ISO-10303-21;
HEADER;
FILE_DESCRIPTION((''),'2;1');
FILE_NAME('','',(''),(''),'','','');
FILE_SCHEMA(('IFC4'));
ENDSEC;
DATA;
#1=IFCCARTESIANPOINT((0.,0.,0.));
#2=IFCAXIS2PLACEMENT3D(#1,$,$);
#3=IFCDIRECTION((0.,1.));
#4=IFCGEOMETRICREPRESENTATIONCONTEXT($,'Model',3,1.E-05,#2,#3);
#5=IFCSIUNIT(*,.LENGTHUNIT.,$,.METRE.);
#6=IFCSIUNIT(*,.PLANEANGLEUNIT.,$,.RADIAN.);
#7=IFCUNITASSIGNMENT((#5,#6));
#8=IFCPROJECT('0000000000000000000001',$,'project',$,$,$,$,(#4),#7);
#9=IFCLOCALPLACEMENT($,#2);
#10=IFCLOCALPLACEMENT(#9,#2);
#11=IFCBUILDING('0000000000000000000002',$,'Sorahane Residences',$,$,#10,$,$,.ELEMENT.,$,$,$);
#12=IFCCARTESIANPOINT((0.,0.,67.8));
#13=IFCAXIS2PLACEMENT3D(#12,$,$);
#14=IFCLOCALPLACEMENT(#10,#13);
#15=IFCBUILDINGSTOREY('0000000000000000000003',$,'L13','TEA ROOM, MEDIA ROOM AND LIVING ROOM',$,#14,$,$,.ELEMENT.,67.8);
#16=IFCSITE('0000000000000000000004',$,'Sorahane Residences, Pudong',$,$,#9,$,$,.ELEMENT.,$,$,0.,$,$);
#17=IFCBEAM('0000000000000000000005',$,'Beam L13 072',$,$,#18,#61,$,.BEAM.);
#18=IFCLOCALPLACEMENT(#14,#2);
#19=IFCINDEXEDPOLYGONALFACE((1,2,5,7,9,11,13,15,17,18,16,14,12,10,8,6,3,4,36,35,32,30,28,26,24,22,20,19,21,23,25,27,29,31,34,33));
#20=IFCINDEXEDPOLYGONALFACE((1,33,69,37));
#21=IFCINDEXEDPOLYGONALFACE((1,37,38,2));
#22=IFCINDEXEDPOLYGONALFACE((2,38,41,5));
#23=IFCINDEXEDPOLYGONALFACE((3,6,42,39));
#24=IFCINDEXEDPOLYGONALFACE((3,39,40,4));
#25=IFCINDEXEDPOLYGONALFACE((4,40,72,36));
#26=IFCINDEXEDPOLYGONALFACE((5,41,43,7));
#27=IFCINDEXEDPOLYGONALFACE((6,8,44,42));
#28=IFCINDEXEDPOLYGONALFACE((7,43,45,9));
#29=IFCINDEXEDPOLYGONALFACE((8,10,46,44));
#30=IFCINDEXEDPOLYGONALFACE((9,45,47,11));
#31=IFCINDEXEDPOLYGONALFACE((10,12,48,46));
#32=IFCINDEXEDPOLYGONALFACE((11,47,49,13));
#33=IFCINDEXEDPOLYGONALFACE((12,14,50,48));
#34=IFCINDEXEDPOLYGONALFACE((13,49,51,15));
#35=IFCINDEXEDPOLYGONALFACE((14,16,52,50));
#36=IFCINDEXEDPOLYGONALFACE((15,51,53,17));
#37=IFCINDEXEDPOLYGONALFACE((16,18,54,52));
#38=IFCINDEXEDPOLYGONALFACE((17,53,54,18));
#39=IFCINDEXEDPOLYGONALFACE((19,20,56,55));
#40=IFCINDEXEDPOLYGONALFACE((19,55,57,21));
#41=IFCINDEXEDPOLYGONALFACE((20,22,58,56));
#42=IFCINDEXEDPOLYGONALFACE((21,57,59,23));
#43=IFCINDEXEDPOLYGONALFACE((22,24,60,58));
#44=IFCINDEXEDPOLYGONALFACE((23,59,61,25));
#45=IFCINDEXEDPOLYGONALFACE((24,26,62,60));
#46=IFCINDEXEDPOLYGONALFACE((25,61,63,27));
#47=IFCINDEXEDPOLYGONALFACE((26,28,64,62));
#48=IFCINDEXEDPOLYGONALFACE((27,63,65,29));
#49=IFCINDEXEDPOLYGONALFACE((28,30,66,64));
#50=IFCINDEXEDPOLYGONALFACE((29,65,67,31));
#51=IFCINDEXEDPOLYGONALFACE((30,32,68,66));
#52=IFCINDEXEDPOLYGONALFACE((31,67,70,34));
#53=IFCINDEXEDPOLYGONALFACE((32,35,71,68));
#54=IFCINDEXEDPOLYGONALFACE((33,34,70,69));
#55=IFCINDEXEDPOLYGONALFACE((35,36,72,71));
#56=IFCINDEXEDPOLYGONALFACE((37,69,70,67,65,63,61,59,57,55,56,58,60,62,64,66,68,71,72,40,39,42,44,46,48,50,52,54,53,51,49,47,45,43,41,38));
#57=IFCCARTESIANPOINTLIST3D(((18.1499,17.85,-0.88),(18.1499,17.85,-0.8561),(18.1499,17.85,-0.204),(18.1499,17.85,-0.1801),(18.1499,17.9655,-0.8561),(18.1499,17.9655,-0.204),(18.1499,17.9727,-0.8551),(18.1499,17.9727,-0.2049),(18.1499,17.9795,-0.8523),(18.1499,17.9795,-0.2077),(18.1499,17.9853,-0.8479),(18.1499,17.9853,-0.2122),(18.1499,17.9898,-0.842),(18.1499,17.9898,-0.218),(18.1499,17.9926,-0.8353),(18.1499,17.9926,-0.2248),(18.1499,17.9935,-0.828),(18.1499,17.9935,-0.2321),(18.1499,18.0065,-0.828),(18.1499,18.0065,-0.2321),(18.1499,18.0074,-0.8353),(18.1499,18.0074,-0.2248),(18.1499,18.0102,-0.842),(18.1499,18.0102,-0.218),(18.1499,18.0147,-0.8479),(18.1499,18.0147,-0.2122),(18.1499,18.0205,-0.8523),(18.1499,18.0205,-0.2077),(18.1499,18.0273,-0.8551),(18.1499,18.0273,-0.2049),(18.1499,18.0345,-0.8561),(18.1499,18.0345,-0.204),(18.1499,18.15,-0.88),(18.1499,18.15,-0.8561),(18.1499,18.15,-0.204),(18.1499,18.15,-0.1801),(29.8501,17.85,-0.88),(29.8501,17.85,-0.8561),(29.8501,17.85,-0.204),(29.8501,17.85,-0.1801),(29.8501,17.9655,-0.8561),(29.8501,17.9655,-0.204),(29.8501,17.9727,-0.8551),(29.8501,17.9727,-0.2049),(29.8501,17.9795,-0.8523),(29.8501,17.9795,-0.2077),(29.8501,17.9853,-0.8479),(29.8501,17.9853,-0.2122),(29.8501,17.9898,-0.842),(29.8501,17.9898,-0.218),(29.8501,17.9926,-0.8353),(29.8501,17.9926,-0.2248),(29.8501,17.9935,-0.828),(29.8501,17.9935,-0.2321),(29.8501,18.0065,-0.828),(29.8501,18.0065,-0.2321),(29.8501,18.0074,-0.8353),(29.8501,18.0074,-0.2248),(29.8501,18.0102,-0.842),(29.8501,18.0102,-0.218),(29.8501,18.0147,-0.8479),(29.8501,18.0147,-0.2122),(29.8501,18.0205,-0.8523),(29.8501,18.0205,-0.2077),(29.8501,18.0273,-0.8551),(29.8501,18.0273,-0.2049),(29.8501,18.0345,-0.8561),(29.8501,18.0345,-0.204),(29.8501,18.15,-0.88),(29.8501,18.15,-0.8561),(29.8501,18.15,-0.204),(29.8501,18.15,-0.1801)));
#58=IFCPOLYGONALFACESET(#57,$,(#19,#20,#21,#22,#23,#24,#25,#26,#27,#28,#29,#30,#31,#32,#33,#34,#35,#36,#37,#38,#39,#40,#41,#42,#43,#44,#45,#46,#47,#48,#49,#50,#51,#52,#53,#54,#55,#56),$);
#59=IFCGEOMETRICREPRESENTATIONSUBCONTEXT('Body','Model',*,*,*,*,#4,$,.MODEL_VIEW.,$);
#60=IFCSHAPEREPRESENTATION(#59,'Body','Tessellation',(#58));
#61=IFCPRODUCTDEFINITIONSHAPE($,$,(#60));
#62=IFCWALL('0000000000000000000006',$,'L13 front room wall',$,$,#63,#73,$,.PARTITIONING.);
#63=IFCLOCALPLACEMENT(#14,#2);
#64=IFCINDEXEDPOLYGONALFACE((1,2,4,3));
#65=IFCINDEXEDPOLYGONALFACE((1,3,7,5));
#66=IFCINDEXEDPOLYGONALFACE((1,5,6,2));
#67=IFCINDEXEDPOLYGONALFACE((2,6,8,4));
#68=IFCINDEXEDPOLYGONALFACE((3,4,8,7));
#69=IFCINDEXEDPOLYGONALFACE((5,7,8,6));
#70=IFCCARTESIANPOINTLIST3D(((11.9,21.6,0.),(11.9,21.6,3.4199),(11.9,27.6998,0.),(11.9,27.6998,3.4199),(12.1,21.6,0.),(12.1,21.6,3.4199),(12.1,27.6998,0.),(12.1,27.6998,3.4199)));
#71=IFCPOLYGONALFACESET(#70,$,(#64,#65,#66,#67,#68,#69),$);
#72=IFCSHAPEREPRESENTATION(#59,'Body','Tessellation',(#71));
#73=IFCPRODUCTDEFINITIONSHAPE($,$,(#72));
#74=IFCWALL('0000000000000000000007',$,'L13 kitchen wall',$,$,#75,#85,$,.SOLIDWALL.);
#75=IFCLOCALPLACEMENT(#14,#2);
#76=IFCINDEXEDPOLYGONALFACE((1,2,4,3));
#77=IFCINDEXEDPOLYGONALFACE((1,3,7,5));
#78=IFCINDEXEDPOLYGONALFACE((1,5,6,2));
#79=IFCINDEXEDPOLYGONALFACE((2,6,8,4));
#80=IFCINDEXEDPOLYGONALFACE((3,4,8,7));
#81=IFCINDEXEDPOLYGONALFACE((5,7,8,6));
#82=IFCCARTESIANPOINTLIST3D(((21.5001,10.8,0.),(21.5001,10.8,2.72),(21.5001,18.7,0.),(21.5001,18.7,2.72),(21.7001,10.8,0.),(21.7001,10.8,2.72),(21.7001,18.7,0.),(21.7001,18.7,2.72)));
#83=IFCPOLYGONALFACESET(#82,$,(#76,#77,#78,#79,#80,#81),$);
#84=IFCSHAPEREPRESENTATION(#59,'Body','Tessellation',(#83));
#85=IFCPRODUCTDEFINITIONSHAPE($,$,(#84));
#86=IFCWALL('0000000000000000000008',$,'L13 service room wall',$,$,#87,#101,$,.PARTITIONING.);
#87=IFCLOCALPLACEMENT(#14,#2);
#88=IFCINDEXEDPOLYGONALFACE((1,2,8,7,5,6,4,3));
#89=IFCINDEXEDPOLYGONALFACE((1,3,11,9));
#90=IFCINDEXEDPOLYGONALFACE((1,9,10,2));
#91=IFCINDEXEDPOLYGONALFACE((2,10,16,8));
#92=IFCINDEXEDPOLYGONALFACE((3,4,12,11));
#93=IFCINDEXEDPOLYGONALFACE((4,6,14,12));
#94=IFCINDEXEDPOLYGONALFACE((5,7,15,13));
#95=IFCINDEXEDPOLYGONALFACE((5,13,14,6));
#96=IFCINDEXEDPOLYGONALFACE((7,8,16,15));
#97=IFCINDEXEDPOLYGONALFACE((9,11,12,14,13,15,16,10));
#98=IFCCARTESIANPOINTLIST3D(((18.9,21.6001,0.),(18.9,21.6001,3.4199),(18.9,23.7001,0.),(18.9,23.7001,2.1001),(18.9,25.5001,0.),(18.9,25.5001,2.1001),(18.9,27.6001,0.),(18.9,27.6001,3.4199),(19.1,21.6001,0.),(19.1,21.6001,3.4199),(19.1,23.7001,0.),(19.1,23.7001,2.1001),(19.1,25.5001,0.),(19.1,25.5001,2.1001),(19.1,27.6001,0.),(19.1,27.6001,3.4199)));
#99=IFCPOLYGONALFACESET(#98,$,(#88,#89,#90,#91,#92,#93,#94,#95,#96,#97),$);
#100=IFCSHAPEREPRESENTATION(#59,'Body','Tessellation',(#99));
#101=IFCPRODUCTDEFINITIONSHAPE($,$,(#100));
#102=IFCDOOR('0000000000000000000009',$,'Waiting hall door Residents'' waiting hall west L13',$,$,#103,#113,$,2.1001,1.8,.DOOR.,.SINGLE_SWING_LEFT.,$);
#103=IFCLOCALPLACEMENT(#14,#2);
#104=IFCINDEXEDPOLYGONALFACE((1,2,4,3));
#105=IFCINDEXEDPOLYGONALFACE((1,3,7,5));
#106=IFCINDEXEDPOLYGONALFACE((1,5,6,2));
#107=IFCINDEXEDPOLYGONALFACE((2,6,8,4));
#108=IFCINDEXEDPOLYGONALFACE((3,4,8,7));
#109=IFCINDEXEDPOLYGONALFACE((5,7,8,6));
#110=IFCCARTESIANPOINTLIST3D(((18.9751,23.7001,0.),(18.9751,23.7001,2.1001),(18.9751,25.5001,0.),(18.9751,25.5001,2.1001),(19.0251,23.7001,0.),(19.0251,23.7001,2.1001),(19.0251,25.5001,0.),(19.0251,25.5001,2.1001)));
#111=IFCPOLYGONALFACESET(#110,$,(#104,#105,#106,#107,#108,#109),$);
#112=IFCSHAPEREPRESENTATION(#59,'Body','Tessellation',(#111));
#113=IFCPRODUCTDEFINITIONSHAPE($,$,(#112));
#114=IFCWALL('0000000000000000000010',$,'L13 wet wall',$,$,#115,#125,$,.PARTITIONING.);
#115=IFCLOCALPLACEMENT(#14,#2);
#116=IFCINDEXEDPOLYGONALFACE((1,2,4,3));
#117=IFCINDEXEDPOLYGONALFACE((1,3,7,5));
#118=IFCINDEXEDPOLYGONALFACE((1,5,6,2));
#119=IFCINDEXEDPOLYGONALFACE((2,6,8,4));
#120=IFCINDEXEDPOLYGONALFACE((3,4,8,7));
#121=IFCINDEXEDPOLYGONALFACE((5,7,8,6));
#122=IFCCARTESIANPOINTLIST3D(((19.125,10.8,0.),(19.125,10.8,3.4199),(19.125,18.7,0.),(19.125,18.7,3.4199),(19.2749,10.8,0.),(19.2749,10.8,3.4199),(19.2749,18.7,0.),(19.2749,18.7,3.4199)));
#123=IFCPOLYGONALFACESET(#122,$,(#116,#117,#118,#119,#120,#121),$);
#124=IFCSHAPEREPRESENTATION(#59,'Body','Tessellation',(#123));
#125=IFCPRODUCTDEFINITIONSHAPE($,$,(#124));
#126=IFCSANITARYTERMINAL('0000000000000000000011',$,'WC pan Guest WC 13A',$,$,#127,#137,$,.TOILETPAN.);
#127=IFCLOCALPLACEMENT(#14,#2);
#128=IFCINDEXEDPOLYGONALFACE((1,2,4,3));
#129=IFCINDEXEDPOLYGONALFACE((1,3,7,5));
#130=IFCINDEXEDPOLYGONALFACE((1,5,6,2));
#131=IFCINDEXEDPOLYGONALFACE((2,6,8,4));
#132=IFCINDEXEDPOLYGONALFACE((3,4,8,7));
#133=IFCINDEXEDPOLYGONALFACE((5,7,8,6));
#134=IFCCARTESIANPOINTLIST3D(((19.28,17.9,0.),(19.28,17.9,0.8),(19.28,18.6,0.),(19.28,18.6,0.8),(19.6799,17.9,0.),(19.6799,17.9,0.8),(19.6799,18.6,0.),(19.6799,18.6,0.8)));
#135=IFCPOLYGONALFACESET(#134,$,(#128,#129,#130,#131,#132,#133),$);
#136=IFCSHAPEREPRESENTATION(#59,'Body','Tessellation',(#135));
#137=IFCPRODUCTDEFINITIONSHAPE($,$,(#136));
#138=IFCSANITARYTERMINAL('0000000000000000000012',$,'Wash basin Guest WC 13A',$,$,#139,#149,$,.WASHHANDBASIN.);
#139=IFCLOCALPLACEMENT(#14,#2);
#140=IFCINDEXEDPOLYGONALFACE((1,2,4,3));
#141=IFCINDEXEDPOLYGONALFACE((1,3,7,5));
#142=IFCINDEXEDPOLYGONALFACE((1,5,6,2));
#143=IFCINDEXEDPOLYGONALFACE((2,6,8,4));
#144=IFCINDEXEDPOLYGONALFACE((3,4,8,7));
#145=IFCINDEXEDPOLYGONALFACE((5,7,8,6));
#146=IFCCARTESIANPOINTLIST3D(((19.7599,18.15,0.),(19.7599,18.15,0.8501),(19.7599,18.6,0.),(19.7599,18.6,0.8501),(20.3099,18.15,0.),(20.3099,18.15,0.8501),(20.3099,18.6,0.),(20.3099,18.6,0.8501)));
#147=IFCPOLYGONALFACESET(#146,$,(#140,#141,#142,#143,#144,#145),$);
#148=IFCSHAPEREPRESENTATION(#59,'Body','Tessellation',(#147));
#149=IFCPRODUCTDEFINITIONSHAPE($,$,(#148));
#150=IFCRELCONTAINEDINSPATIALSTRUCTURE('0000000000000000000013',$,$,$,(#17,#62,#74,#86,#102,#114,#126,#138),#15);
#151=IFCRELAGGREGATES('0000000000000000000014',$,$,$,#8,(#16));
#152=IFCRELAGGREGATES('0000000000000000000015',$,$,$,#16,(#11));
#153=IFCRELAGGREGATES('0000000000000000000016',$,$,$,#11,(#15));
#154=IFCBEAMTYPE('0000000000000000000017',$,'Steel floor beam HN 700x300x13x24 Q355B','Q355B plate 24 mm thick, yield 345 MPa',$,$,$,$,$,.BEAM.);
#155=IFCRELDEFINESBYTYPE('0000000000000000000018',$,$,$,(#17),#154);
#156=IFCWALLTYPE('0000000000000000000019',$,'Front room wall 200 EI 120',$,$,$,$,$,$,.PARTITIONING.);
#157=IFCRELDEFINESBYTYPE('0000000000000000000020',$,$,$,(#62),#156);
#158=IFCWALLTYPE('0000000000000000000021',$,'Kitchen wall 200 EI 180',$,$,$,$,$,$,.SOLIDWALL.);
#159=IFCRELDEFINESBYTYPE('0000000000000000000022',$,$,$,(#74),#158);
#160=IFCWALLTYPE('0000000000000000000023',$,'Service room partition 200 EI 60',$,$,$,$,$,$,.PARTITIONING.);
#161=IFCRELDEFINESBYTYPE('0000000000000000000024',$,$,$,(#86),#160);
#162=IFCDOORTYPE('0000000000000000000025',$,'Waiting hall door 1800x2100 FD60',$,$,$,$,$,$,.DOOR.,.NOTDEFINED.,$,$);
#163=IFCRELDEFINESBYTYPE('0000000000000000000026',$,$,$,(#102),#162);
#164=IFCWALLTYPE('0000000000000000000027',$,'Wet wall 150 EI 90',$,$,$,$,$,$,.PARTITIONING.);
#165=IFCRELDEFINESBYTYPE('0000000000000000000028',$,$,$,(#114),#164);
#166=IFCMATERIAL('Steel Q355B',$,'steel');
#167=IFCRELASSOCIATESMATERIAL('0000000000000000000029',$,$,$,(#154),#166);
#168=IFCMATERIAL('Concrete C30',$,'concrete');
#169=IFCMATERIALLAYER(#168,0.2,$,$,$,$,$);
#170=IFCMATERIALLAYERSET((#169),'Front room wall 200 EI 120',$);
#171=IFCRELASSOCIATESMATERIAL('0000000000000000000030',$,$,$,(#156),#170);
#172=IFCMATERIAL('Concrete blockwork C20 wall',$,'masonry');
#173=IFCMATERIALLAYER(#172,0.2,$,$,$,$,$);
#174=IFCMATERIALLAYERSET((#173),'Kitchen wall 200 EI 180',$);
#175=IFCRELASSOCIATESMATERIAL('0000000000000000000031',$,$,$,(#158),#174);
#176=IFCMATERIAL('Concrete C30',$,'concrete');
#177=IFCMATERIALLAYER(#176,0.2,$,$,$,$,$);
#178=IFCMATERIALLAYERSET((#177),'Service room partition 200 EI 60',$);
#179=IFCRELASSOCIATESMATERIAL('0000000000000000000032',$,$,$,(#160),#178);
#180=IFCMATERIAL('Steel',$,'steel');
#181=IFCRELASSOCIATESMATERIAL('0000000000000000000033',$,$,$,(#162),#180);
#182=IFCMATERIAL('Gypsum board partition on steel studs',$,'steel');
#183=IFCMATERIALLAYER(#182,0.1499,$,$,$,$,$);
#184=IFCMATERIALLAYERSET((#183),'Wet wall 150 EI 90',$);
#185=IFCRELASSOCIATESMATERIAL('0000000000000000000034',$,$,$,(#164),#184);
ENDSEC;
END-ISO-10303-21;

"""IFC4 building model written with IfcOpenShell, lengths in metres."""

from ifc_helpers import new_model, si_unit, direction, frame, frame_2d, origin, origin_2d, place, context, subcontext, project, spatial, rectangle, i_section, extrude, material, layer, layer_set, material_profile, profile_set, type_object, element, fill, save


model = new_model("IFC4")

# Units and contexts
model_context = context("Model", 3, precision=1e-05, world=origin(), true_north=direction((0.0, 1.0)))
body_context = subcontext(model_context, "Body", "Model", "MODEL_VIEW")
ifc_project = project(units=[si_unit("LENGTHUNIT", "METRE"), si_unit("PLANEANGLEUNIT", "RADIAN")], contexts=[model_context])

# Site, building, storey
site_placement = place(None, origin())
site = spatial("IfcSite", under=ifc_project, at=site_placement, Name="Sorahane Residences, Pudong", CompositionType="ELEMENT", RefElevation=0.0)
building_placement = place(site_placement, origin())
building = spatial("IfcBuilding", under=site, at=building_placement, Name="Sorahane Residences", CompositionType="ELEMENT")
storey_placement = place(building_placement, frame((0.0, 0.0, 67.8)))
storey = spatial("IfcBuildingStorey", under=building, at=storey_placement, Name="L13", Description="TEA ROOM, MEDIA ROOM AND LIVING ROOM", CompositionType="ELEMENT", Elevation=67.8)

# Beam
ifc_material_1 = material(Name="Steel Q355B", Category="steel")
ifc_material_profile_1 = material_profile(ifc_material_1, i_section(OverallWidth=0.3, OverallDepth=0.7, WebThickness=0.0129, FlangeThickness=0.0239, FilletRadius=0.0281, at=origin_2d()), Name="HN 700x300x13x24")
ifc_profile_set_1 = profile_set([ifc_material_profile_1], Name="Steel Q355B")
beam_type_1 = type_object("IfcBeamType", Name="Steel floor beam HN 700x300x13x24 Q355B", Description="Q355B plate 24 mm thick, yield 345 MPa", PredefinedType="BEAM", material=ifc_profile_set_1)
beam_1_placement = place(storey_placement, frame((18.1499, 18.0, -0.53), z_axis=(1.0, 0.0, 0.0), x_axis=(0.0, 1.0, 0.0)))
element("IfcBeam", 1, at=beam_1_placement, inside=storey, type_object=beam_type_1, Name="Beam L13 072", PredefinedType="BEAM", context=body_context, shape_type="SweptSolid", body=[
    extrude(i_section(OverallWidth=0.3, OverallDepth=0.7, WebThickness=0.0129, FlangeThickness=0.0239, FilletRadius=0.0281, at=origin_2d()), origin(), (0.0, 0.0, 1.0), 11.7002),
])

# Walls
ifc_material_2 = material(Name="Concrete C30", Category="concrete")
ifc_layer_1 = layer(ifc_material_2, 0.2)
ifc_layer_set_1 = layer_set([ifc_layer_1], Name="Front room wall 200 EI 120")
wall_type_1 = type_object("IfcWallType", Name="Front room wall 200 EI 120", PredefinedType="PARTITIONING", material=ifc_layer_set_1)
wall_1_placement = place(storey_placement, frame((12.0, 21.6001, 0.0), z_axis=(0.0, 0.0, 1.0), x_axis=(0.0, 1.0, 0.0)))
element("IfcWall", 2, at=wall_1_placement, inside=storey, type_object=wall_type_1, Name="L13 front room wall", PredefinedType="PARTITIONING", context=body_context, shape_type="SweptSolid", body=[
    extrude(rectangle(XDim=6.0999, YDim=0.2, at=frame_2d((3.0498, 0.0))), origin(), (0.0, 0.0, 1.0), 3.4199),
])
ifc_material_3 = material(Name="Concrete blockwork C20 wall", Category="masonry")
ifc_layer_2 = layer(ifc_material_3, 0.2)
ifc_layer_set_2 = layer_set([ifc_layer_2], Name="Kitchen wall 200 EI 180")
wall_type_2 = type_object("IfcWallType", Name="Kitchen wall 200 EI 180", PredefinedType="SOLIDWALL", material=ifc_layer_set_2)
wall_2_placement = place(storey_placement, frame((21.6001, 10.8, 0.0), z_axis=(0.0, 0.0, 1.0), x_axis=(0.0, 1.0, 0.0)))
element("IfcWall", 3, at=wall_2_placement, inside=storey, type_object=wall_type_2, Name="L13 kitchen wall", PredefinedType="SOLIDWALL", context=body_context, shape_type="SweptSolid", body=[
    extrude(rectangle(XDim=7.8999, YDim=0.2, at=frame_2d((3.95, 0.0))), origin(), (0.0, 0.0, 1.0), 2.72),
])

# Wall, opening, door
ifc_material_4 = material(Name="Concrete C30", Category="concrete")
ifc_layer_3 = layer(ifc_material_4, 0.2)
ifc_layer_set_3 = layer_set([ifc_layer_3], Name="Service room partition 200 EI 60")
wall_type_3 = type_object("IfcWallType", Name="Service room partition 200 EI 60", PredefinedType="PARTITIONING", material=ifc_layer_set_3)
wall_3_placement = place(storey_placement, frame((19.0, 21.6001, 0.0), z_axis=(0.0, 0.0, 1.0), x_axis=(0.0, 1.0, 0.0)))
wall_3 = element("IfcWall", 4, at=wall_3_placement, inside=storey, type_object=wall_type_3, Name="L13 service room wall", PredefinedType="PARTITIONING", context=body_context, shape_type="SweptSolid", body=[
    extrude(rectangle(XDim=6.0, YDim=0.2, at=frame_2d((3.0, 0.0))), origin(), (0.0, 0.0, 1.0), 3.4199),
])
opening_1_placement = place(wall_3_placement, frame((2.1001, 0.0, 0.0)))
opening_1 = element("IfcOpeningElement", 5, at=opening_1_placement, cuts=wall_3, PredefinedType="OPENING", context=body_context, shape_type="SweptSolid", body=[
    extrude(rectangle(XDim=1.8, YDim=2.1001, at=frame_2d((0.8999, 1.05))), frame((0.0, 0.1099, 0.0), z_axis=(0.0, -1.0, 0.0), x_axis=(1.0, 0.0, 0.0)), (0.0, 0.0, 1.0), 0.22),
])
ifc_material_5 = material(Name="Steel", Category="steel")
door_type_1 = type_object("IfcDoorType", Name="Waiting hall door 1800x2100 FD60", OperationType="NOTDEFINED", PredefinedType="DOOR", material=ifc_material_5)
door_1_placement = place(opening_1_placement, origin())
door_1 = element("IfcDoor", 6, at=door_1_placement, inside=storey, type_object=door_type_1, Name="Waiting hall door Residents' waiting hall west L13", OperationType="SINGLE_SWING_LEFT", OverallHeight=2.1001, OverallWidth=1.8, PredefinedType="DOOR", context=body_context, shape_type="SweptSolid", body=[
    extrude(rectangle(XDim=1.8, YDim=2.1001, at=frame_2d((0.8999, 1.05))), frame((0.0, 0.0249, 0.0), z_axis=(0.0, -1.0, 0.0), x_axis=(1.0, 0.0, 0.0)), (0.0, 0.0, 1.0), 0.05),
])
fill(opening_1, door_1)

# Wall
ifc_material_6 = material(Name="Gypsum board partition on steel studs", Category="steel")
ifc_layer_4 = layer(ifc_material_6, 0.1499)
ifc_layer_set_4 = layer_set([ifc_layer_4], Name="Wet wall 150 EI 90")
wall_type_4 = type_object("IfcWallType", Name="Wet wall 150 EI 90", PredefinedType="PARTITIONING", material=ifc_layer_set_4)
wall_4_placement = place(storey_placement, frame((19.2, 10.8, 0.0), z_axis=(0.0, 0.0, 1.0), x_axis=(0.0, 1.0, 0.0)))
element("IfcWall", 7, at=wall_4_placement, inside=storey, type_object=wall_type_4, Name="L13 wet wall", PredefinedType="PARTITIONING", context=body_context, shape_type="SweptSolid", body=[
    extrude(rectangle(XDim=7.8999, YDim=0.1499, at=frame_2d((3.95, 0.0))), origin(), (0.0, 0.0, 1.0), 3.4199),
])

# Sanitary terminals
sanitary_terminal_1_placement = place(storey_placement, frame((19.48, 18.25, 0.0), z_axis=(0.0, 0.0, 1.0), x_axis=(1.0, 0.0, 0.0)))
element("IfcSanitaryTerminal", 8, at=sanitary_terminal_1_placement, inside=storey, Name="WC pan Guest WC 13A", PredefinedType="TOILETPAN", context=body_context, shape_type="SweptSolid", body=[
    extrude(rectangle(XDim=0.3999, YDim=0.7, at=origin_2d()), origin(), (0.0, 0.0, 1.0), 0.8),
])
sanitary_terminal_2_placement = place(storey_placement, frame((20.0349, 18.375, 0.0), z_axis=(0.0, 0.0, 1.0), x_axis=(1.0, 0.0, 0.0)))
element("IfcSanitaryTerminal", 9, at=sanitary_terminal_2_placement, inside=storey, Name="Wash basin Guest WC 13A", PredefinedType="WASHHANDBASIN", context=body_context, shape_type="SweptSolid", body=[
    extrude(rectangle(XDim=0.55, YDim=0.45, at=origin_2d()), origin(), (0.0, 0.0, 1.0), 0.8501),
])

save(model, "model.ifc")
